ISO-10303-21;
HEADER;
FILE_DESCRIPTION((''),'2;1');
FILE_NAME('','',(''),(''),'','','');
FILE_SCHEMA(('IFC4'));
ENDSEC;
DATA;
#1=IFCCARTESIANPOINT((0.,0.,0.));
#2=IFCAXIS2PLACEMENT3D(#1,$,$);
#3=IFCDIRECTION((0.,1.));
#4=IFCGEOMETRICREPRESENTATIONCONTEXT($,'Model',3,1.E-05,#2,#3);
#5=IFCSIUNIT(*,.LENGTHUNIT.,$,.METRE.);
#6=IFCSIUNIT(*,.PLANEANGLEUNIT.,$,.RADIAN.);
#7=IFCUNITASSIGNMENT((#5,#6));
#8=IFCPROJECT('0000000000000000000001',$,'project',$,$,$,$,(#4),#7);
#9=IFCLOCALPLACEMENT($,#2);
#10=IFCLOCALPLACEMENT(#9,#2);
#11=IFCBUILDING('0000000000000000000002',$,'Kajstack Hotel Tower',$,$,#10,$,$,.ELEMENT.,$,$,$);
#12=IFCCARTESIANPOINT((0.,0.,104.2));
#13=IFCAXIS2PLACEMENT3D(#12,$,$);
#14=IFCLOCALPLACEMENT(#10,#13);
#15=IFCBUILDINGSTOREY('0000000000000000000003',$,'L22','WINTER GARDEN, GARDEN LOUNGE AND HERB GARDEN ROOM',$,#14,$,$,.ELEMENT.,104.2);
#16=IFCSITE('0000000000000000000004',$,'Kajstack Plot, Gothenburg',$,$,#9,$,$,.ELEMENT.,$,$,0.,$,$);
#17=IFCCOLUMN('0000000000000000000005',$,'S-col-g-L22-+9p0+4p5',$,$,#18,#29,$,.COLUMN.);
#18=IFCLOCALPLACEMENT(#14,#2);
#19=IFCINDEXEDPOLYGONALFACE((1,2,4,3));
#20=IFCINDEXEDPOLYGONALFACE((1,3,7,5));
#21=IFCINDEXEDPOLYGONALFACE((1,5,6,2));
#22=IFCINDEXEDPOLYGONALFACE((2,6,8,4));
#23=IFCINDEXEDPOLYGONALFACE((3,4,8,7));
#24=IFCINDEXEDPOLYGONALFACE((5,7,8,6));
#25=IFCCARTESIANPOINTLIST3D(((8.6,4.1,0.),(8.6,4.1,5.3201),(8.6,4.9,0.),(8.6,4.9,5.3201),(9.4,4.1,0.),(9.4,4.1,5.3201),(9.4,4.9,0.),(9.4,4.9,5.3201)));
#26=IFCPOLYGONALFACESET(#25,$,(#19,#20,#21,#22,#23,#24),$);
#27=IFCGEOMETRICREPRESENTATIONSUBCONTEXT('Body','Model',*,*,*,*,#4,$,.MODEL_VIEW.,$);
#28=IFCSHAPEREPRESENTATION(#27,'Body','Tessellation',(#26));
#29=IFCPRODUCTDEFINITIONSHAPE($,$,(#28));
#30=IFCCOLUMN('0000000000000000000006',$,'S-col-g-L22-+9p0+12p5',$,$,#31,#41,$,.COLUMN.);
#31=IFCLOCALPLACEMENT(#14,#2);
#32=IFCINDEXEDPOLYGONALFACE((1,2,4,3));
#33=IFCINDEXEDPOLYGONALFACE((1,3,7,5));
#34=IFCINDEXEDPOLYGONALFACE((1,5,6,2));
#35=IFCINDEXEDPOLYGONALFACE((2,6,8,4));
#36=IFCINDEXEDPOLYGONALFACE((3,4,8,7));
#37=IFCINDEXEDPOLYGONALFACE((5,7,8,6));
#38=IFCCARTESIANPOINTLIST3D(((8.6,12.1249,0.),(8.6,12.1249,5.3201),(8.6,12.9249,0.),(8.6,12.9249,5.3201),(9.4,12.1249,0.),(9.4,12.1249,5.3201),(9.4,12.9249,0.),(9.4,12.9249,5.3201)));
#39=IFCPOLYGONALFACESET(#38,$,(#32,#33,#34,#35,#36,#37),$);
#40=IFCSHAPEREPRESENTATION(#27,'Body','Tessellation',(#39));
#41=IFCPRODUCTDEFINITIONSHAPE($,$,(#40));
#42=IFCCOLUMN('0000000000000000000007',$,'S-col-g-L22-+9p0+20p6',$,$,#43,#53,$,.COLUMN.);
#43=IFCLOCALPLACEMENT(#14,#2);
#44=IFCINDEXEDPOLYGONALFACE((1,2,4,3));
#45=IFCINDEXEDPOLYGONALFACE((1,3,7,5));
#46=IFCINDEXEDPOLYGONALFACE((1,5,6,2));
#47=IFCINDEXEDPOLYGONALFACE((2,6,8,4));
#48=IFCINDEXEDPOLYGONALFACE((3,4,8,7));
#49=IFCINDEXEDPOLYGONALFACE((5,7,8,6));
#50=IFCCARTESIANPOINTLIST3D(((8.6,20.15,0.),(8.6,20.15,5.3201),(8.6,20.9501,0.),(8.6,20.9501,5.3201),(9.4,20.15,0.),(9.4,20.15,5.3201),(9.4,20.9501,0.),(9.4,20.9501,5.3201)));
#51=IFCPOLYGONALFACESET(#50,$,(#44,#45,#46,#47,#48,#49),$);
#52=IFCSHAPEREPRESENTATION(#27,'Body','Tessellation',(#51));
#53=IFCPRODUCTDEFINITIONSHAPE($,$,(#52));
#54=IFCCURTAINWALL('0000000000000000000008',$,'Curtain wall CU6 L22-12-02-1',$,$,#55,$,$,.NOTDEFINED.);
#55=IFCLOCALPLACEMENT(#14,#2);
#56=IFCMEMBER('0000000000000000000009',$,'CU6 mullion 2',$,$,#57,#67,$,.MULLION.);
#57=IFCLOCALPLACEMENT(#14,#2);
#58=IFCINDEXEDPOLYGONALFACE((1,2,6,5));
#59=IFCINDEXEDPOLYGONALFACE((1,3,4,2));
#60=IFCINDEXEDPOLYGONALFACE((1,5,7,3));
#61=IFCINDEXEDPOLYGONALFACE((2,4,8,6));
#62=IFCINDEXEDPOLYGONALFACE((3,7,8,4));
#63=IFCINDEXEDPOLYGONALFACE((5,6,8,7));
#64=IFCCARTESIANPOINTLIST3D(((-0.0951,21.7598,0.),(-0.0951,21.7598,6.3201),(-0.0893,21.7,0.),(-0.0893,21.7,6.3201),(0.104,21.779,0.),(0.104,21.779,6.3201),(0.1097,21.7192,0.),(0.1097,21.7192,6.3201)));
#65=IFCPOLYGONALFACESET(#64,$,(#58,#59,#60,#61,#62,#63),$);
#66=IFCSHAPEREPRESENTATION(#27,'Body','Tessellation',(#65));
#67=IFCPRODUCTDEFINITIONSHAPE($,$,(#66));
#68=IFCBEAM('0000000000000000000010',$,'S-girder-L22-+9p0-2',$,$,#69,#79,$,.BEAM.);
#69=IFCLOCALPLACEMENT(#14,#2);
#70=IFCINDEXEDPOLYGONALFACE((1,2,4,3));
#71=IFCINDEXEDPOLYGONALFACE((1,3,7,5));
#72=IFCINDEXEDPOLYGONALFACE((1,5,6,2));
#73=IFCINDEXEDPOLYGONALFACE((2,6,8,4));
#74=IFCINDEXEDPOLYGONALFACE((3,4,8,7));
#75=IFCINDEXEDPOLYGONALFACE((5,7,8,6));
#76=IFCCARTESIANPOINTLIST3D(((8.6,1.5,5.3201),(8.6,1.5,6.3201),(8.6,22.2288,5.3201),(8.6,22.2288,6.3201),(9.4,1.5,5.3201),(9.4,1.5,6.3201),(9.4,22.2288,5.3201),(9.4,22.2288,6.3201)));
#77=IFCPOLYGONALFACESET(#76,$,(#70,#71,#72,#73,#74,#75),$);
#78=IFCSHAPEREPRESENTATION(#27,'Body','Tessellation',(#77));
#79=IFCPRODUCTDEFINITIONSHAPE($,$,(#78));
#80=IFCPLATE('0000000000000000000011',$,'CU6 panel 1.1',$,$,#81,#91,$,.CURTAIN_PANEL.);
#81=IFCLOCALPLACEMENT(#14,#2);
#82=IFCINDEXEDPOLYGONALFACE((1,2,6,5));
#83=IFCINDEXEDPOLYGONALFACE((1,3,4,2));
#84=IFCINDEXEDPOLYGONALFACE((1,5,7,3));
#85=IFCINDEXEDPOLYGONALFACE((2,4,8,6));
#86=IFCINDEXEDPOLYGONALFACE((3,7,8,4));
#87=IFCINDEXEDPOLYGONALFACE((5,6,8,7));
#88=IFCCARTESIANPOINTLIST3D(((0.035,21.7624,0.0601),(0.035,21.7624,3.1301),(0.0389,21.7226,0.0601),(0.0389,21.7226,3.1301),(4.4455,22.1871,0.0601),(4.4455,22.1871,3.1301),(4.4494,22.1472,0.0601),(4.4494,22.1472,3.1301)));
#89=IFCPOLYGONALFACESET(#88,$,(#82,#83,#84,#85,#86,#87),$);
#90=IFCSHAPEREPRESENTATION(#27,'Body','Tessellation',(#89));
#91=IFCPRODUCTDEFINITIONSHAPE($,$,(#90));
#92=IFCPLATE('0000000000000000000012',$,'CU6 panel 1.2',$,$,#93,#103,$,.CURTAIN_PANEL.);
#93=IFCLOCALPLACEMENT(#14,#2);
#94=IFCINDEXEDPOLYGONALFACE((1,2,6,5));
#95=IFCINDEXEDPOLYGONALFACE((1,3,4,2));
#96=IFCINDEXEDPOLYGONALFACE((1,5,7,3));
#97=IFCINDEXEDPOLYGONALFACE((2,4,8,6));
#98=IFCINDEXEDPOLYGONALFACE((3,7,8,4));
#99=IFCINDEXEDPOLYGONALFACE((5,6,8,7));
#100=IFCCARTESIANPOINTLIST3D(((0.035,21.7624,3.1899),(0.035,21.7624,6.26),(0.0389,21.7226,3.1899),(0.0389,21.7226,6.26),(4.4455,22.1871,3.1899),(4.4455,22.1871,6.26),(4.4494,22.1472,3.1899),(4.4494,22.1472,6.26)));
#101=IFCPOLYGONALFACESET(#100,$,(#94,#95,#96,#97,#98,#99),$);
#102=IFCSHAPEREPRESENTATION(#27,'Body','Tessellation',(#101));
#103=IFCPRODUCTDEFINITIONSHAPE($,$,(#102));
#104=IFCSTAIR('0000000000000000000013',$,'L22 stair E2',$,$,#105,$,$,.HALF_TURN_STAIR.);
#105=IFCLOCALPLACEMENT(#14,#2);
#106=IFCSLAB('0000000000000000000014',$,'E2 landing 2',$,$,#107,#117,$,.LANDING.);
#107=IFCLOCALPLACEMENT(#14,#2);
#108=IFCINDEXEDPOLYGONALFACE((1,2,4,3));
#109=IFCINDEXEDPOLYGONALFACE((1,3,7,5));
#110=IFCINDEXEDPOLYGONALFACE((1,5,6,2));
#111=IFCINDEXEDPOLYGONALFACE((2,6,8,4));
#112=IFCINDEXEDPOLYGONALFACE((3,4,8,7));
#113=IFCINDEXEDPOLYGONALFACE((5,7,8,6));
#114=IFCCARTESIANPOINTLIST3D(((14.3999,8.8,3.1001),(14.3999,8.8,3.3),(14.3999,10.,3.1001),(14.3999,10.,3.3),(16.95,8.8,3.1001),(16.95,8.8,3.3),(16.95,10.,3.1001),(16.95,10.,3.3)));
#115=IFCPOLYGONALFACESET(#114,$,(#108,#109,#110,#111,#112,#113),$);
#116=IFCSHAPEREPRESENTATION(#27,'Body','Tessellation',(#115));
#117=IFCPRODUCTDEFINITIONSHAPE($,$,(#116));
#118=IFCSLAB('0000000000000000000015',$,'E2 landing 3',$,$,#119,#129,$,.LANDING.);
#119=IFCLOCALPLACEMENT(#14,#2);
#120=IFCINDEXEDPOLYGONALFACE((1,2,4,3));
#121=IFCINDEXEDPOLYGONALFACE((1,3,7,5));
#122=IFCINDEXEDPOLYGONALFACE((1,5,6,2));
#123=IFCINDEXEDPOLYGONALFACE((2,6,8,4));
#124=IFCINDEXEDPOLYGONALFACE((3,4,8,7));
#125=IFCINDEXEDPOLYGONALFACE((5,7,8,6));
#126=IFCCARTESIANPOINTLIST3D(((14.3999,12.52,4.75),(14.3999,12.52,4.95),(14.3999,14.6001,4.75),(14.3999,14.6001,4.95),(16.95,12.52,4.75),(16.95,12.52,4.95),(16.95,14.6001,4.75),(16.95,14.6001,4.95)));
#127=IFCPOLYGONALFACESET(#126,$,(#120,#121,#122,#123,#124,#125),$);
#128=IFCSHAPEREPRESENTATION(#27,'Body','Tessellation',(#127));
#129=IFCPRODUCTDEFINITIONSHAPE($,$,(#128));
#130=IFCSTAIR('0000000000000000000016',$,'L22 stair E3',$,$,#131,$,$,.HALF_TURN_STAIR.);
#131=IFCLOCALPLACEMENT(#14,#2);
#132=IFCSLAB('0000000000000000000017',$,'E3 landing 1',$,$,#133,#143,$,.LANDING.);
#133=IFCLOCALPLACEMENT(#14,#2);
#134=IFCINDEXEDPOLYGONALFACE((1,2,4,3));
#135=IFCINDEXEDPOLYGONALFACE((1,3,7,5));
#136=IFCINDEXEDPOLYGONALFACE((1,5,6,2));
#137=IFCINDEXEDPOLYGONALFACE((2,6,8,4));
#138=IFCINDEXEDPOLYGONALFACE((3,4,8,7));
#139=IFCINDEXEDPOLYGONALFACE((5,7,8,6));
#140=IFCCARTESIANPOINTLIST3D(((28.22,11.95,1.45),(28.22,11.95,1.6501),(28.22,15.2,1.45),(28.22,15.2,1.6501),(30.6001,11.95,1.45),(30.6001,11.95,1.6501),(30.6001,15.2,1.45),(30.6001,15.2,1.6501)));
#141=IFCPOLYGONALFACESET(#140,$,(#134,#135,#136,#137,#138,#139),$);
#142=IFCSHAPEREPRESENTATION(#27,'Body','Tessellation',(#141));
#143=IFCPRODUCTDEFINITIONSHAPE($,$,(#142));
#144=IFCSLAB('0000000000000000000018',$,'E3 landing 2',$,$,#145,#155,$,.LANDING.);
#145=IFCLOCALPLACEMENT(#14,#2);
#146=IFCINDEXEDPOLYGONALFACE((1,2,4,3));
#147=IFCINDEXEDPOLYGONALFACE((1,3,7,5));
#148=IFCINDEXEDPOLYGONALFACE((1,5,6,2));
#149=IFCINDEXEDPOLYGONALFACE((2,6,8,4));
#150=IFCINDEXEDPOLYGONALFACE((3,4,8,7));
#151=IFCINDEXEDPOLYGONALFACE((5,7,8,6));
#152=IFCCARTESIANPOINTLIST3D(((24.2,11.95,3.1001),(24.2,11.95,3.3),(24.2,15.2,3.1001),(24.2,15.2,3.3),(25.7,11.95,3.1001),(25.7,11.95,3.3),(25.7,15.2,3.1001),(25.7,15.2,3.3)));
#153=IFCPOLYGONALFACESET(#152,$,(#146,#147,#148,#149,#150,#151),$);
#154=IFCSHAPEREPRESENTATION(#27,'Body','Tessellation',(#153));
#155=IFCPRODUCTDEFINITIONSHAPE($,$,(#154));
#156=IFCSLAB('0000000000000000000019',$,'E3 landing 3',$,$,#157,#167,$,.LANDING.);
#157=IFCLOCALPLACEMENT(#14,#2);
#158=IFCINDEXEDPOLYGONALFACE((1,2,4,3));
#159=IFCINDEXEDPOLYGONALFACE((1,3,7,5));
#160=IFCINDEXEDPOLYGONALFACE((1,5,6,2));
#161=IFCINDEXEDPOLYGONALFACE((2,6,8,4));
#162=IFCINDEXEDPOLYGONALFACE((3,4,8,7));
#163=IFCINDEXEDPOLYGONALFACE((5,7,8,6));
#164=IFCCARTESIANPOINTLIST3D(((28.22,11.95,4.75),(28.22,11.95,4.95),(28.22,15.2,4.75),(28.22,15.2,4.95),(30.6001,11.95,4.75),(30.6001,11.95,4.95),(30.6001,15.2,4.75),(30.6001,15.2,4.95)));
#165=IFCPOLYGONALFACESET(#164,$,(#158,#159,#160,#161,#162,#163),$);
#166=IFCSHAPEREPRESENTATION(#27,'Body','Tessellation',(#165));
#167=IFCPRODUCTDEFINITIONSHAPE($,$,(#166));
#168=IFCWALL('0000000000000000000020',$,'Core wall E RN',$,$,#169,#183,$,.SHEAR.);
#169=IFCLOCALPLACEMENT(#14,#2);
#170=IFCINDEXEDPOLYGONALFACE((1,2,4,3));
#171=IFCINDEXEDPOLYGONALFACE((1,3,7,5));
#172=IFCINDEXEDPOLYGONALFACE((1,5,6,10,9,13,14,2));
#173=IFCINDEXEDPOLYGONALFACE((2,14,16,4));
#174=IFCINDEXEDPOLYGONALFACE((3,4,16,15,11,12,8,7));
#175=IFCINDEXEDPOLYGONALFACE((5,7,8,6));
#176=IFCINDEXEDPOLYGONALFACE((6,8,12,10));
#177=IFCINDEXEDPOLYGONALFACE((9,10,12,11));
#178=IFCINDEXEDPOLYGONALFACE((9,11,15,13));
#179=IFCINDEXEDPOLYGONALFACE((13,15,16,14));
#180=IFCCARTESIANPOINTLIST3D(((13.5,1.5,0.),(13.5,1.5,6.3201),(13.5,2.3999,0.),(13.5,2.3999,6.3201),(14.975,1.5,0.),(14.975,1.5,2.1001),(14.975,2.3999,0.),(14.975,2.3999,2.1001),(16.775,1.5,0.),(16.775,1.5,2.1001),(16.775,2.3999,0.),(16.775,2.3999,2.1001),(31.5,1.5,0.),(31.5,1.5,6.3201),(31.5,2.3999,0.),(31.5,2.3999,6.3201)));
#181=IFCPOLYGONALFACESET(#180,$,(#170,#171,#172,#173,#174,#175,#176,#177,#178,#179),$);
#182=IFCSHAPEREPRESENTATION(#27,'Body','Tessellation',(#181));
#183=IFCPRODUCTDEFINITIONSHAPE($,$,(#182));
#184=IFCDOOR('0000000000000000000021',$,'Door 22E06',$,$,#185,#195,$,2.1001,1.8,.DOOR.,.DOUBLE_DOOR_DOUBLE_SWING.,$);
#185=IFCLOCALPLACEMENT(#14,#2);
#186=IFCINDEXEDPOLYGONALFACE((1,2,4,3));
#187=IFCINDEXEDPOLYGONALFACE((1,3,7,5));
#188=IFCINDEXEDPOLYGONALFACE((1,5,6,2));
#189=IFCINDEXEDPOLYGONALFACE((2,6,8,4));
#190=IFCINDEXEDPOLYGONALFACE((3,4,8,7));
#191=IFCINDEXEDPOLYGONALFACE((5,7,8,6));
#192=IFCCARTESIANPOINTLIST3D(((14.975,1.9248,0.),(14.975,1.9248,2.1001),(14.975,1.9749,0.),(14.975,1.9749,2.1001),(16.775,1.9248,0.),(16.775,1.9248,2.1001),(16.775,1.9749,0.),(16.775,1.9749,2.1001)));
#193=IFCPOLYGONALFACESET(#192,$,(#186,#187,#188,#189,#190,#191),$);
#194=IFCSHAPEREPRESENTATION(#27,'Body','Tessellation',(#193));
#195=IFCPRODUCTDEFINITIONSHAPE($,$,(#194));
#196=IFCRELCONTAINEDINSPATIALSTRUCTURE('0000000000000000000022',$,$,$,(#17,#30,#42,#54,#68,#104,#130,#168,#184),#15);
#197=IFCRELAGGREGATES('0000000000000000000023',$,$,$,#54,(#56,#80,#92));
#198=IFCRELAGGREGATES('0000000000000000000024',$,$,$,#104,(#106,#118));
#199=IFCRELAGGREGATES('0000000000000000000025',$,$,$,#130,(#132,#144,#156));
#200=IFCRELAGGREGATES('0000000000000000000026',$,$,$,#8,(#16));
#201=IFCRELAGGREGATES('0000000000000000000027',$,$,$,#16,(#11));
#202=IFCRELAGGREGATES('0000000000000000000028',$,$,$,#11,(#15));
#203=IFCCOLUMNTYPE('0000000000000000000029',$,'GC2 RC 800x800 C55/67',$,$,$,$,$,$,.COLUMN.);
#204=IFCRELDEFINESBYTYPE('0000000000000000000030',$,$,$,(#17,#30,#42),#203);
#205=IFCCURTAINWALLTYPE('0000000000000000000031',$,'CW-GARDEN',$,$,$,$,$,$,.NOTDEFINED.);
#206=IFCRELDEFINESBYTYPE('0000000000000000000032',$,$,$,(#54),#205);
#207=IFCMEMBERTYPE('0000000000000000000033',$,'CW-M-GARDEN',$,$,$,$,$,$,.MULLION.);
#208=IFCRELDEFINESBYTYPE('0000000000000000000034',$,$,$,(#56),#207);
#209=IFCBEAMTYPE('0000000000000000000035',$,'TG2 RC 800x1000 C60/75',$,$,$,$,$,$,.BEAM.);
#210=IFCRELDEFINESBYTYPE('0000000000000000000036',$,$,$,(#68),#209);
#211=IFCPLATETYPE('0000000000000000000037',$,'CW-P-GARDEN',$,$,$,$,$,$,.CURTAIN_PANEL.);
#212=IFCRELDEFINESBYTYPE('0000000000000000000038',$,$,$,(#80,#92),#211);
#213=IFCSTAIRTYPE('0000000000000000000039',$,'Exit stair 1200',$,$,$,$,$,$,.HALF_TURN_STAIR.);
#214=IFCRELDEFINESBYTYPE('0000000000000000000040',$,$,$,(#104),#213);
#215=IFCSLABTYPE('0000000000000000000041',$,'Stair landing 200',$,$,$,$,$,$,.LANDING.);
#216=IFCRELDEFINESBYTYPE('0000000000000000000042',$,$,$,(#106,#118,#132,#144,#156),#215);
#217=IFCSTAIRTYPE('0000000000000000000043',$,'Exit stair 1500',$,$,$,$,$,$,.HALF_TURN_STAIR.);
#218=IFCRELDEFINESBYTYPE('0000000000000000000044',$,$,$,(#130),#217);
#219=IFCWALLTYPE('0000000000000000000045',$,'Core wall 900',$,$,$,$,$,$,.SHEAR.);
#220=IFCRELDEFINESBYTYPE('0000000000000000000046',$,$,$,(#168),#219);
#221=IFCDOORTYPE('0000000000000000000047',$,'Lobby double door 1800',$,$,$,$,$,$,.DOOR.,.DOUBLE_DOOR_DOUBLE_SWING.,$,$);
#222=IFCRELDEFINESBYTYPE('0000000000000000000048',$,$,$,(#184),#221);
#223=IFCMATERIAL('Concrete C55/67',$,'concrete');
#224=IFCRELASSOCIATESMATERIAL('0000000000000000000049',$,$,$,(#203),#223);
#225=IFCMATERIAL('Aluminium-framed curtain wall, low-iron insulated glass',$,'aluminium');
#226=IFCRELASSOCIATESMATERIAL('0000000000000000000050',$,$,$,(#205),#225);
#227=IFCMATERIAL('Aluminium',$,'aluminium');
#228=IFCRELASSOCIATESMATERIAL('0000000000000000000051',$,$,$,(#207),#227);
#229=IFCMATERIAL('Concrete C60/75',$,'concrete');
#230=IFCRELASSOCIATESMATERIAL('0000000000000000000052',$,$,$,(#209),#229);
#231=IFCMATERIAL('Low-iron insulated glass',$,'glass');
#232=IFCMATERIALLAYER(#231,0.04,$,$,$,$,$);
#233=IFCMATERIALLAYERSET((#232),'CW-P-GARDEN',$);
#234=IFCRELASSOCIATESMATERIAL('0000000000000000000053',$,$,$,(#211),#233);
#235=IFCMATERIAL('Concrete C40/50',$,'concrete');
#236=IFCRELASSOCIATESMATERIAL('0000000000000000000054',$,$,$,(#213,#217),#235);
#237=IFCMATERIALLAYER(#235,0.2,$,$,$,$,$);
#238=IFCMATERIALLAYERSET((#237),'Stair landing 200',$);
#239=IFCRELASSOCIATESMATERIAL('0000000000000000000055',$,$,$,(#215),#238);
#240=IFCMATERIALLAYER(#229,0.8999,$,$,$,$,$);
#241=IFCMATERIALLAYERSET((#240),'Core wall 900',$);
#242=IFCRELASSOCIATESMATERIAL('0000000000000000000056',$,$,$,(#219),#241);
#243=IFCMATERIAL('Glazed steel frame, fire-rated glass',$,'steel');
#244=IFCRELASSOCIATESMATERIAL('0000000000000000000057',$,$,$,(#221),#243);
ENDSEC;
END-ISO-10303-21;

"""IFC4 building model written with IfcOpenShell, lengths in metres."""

from ifc_helpers import new_model, si_unit, direction, frame, frame_2d, origin, origin_2d, place, context, subcontext, project, spatial, polyline, rectangle, outline, extrude, material, layer, layer_set, material_profile, profile_set, type_object, element, fill, aggregate, save


model = new_model("IFC4")

# Units and contexts
model_context = context("Model", 3, precision=1e-05, world=origin(), true_north=direction((0.0, 1.0)))
body_context = subcontext(model_context, "Body", "Model", "MODEL_VIEW")
ifc_project = project(units=[si_unit("LENGTHUNIT", "METRE"), si_unit("PLANEANGLEUNIT", "RADIAN")], contexts=[model_context])

# Site, building, storey
site_placement = place(None, origin())
site = spatial("IfcSite", under=ifc_project, at=site_placement, Name="Kajstack Plot, Gothenburg", CompositionType="ELEMENT", RefElevation=0.0)
building_placement = place(site_placement, origin())
building = spatial("IfcBuilding", under=site, at=building_placement, Name="Kajstack Hotel Tower", CompositionType="ELEMENT")
storey_placement = place(building_placement, frame((0.0, 0.0, 104.2)))
storey = spatial("IfcBuildingStorey", under=building, at=storey_placement, Name="L22", Description="WINTER GARDEN, GARDEN LOUNGE AND HERB GARDEN ROOM", CompositionType="ELEMENT", Elevation=104.2)

# Columns
ifc_material_1 = material(Name="Concrete C55/67", Category="concrete")
ifc_material_profile_1 = material_profile(ifc_material_1, rectangle(XDim=0.8, YDim=0.8, at=origin_2d()), Name="RC 800x800")
ifc_profile_set_1 = profile_set([ifc_material_profile_1], Name="Concrete C55/67")
column_type = type_object("IfcColumnType", Name="GC2 RC 800x800 C55/67", PredefinedType="COLUMN", material=ifc_profile_set_1)
for number, where, z_axis, x_axis, name in (
    (1, (9.0, 4.5, 0.0), (0.0, 0.0, 1.0), (1.0, 0.0, 0.0), "S-col-g-L22-+9p0+4p5"),
    (2, (9.0, 12.5249, 0.0), (0.0, 0.0, 1.0), (1.0, 0.0, 0.0), "S-col-g-L22-+9p0+12p5"),
    (3, (9.0, 20.55, 0.0), (0.0, 0.0, 1.0), (1.0, 0.0, 0.0), "S-col-g-L22-+9p0+20p6"),
):
    element("IfcColumn", number, at=place(storey_placement, frame(where, z_axis=z_axis, x_axis=x_axis)), inside=storey, type_object=column_type, Name=name, PredefinedType="COLUMN", context=body_context, shape_type="SweptSolid", body=[
        extrude(rectangle(XDim=0.8, YDim=0.8, at=origin_2d()), origin(), (0.0, 0.0, 1.0), 5.3201),
    ])

# Curtain wall, member
ifc_material_2 = material(Name="Aluminium-framed curtain wall, low-iron insulated glass", Category="aluminium")
curtain_wall_type = type_object("IfcCurtainWallType", Name="CW-GARDEN", PredefinedType="NOTDEFINED", material=ifc_material_2)
curtain_wall_placement = place(storey_placement, origin())
curtain_wall = element("IfcCurtainWall", 4, at=curtain_wall_placement, inside=storey, type_object=curtain_wall_type, Name="Curtain wall CU6 L22-12-02-1", PredefinedType="NOTDEFINED")
ifc_material_3 = material(Name="Aluminium", Category="aluminium")
ifc_material_profile_2 = material_profile(ifc_material_3, rectangle(XDim=0.0601, YDim=0.2, at=origin_2d()), Name="Aluminium mullion 60 x 200")
ifc_profile_set_2 = profile_set([ifc_material_profile_2], Name="Aluminium")
member_type = type_object("IfcMemberType", Name="CW-M-GARDEN", PredefinedType="MULLION", material=ifc_profile_set_2)
member_placement = place(storey_placement, frame((0.0073, 21.7395, 0.0), z_axis=(0.0, 0.0, 1.0), x_axis=(0.095846, -0.995396, 0.0)))
member = element("IfcMember", 5, at=member_placement, type_object=member_type, Name="CU6 mullion 2", PredefinedType="MULLION", context=body_context, shape_type="SweptSolid", body=[
    extrude(rectangle(XDim=0.0601, YDim=0.2, at=origin_2d()), origin(), (0.0, 0.0, 1.0), 6.3201),
])

# Beam
ifc_material_4 = material(Name="Concrete C60/75", Category="concrete")
ifc_material_profile_3 = material_profile(ifc_material_4, rectangle(XDim=0.8, YDim=1.0, at=origin_2d()), Name="RC 800x1000")
ifc_profile_set_3 = profile_set([ifc_material_profile_3], Name="Concrete C60/75")
beam_type = type_object("IfcBeamType", Name="TG2 RC 800x1000 C60/75", PredefinedType="BEAM", material=ifc_profile_set_3)
beam_placement = place(storey_placement, frame((9.0, 1.5, 5.8201), z_axis=(0.0, 1.0, 0.0), x_axis=(-1.0, 0.0, 0.0)))
element("IfcBeam", 6, at=beam_placement, inside=storey, type_object=beam_type, Name="S-girder-L22-+9p0-2", PredefinedType="BEAM", context=body_context, shape_type="SweptSolid", body=[
    extrude(rectangle(XDim=0.8, YDim=1.0, at=origin_2d()), origin(), (0.0, 0.0, 1.0), 20.7288),
])

# Plates
ifc_material_5 = material(Name="Low-iron insulated glass", Category="glass")
ifc_layer_1 = layer(ifc_material_5, 0.04)
ifc_layer_set_1 = layer_set([ifc_layer_1], Name="CW-P-GARDEN")
plate_type = type_object("IfcPlateType", Name="CW-P-GARDEN", PredefinedType="CURTAIN_PANEL", material=ifc_layer_set_1)
plate_1_placement = place(storey_placement, frame((2.2422, 21.9548, 0.0601), z_axis=(0.0, 0.0, 1.0), x_axis=(-0.995396, -0.095846, 0.0)))
plate_1 = element("IfcPlate", 7, at=plate_1_placement, type_object=plate_type, Name="CU6 panel 1.1", PredefinedType="CURTAIN_PANEL", context=body_context, shape_type="SweptSolid", body=[
    extrude(rectangle(XDim=4.4309, YDim=0.04, at=origin_2d()), origin(), (0.0, 0.0, 1.0), 3.0701),
])
plate_2_placement = place(storey_placement, frame((2.2422, 21.9548, 3.1899), z_axis=(0.0, 0.0, 1.0), x_axis=(-0.995396, -0.095846, 0.0)))
plate_2 = element("IfcPlate", 8, at=plate_2_placement, type_object=plate_type, Name="CU6 panel 1.2", PredefinedType="CURTAIN_PANEL", context=body_context, shape_type="SweptSolid", body=[
    extrude(rectangle(XDim=4.4309, YDim=0.04, at=origin_2d()), origin(), (0.0, 0.0, 1.0), 3.0701),
])
aggregate(curtain_wall, [member, plate_1, plate_2])

# Stairs, slabs
ifc_material_6 = material(Name="Concrete C40/50", Category="concrete")
stair_type_1 = type_object("IfcStairType", Name="Exit stair 1200", PredefinedType="HALF_TURN_STAIR", material=ifc_material_6)
stair_1_placement = place(storey_placement, origin())
stair_1 = element("IfcStair", 9, at=stair_1_placement, inside=storey, type_object=stair_type_1, Name="L22 stair E2", PredefinedType="HALF_TURN_STAIR")
ifc_layer_2 = layer(ifc_material_6, 0.2)
ifc_layer_set_2 = layer_set([ifc_layer_2], Name="Stair landing 200")
slab_type = type_object("IfcSlabType", Name="Stair landing 200", PredefinedType="LANDING", material=ifc_layer_set_2)
slab_1_placement = place(storey_placement, frame((0.0, 0.0, 3.1001)))
slab_1 = element("IfcSlab", 10, at=slab_1_placement, type_object=slab_type, Name="E2 landing 2", PredefinedType="LANDING", context=body_context, shape_type="SweptSolid", body=[
    extrude(outline(polyline([(16.95, 8.8), (16.95, 10.0), (14.3999, 10.0), (14.3999, 8.8), (16.95, 8.8)])), origin(), (0.0, 0.0, 1.0), 0.2),
])
slab_2_placement = place(storey_placement, frame((0.0, 0.0, 4.75)))
slab_2 = element("IfcSlab", 11, at=slab_2_placement, type_object=slab_type, Name="E2 landing 3", PredefinedType="LANDING", context=body_context, shape_type="SweptSolid", body=[
    extrude(outline(polyline([(16.95, 12.52), (16.95, 14.6001), (14.3999, 14.6001), (14.3999, 12.52), (16.95, 12.52)])), origin(), (0.0, 0.0, 1.0), 0.2),
])
aggregate(stair_1, [slab_1, slab_2])
stair_type_2 = type_object("IfcStairType", Name="Exit stair 1500", PredefinedType="HALF_TURN_STAIR", material=ifc_material_6)
stair_2_placement = place(storey_placement, origin())
stair_2 = element("IfcStair", 12, at=stair_2_placement, inside=storey, type_object=stair_type_2, Name="L22 stair E3", PredefinedType="HALF_TURN_STAIR")
slab_3_placement = place(storey_placement, frame((0.0, 0.0, 1.45)))
slab_3 = element("IfcSlab", 13, at=slab_3_placement, type_object=slab_type, Name="E3 landing 1", PredefinedType="LANDING", context=body_context, shape_type="SweptSolid", body=[
    extrude(outline(polyline([(28.22, 11.95), (30.6001, 11.95), (30.6001, 15.2), (28.22, 15.2), (28.22, 11.95)])), origin(), (0.0, 0.0, 1.0), 0.2002),
])
slab_4_placement = place(storey_placement, frame((0.0, 0.0, 3.1001)))
slab_4 = element("IfcSlab", 14, at=slab_4_placement, type_object=slab_type, Name="E3 landing 2", PredefinedType="LANDING", context=body_context, shape_type="SweptSolid", body=[
    extrude(outline(polyline([(24.2, 11.95), (25.7, 11.95), (25.7, 15.2), (24.2, 15.2), (24.2, 11.95)])), origin(), (0.0, 0.0, 1.0), 0.2),
])
slab_5_placement = place(storey_placement, frame((0.0, 0.0, 4.75)))
slab_5 = element("IfcSlab", 15, at=slab_5_placement, type_object=slab_type, Name="E3 landing 3", PredefinedType="LANDING", context=body_context, shape_type="SweptSolid", body=[
    extrude(outline(polyline([(28.22, 11.95), (30.6001, 11.95), (30.6001, 15.2), (28.22, 15.2), (28.22, 11.95)])), origin(), (0.0, 0.0, 1.0), 0.2),
])
aggregate(stair_2, [slab_3, slab_4, slab_5])

# Wall, opening, door
ifc_layer_3 = layer(ifc_material_4, 0.8999)
ifc_layer_set_3 = layer_set([ifc_layer_3], Name="Core wall 900")
wall_type_1 = type_object("IfcWallType", Name="Core wall 900", PredefinedType="SHEAR", material=ifc_layer_set_3)
wall_1_placement = place(storey_placement, frame((13.5, 1.95, 0.0), z_axis=(0.0, 0.0, 1.0), x_axis=(1.0, 0.0, 0.0)))
wall_1 = element("IfcWall", 16, at=wall_1_placement, inside=storey, type_object=wall_type_1, Name="Core wall E RN", PredefinedType="SHEAR", context=body_context, shape_type="SweptSolid", body=[
    extrude(rectangle(XDim=18.0, YDim=0.8999, at=frame_2d((9.0, 0.0))), origin(), (0.0, 0.0, 1.0), 6.3201),
])
opening_1_placement = place(wall_1_placement, frame((1.4751, 0.0, 0.0)))
opening_1 = element("IfcOpeningElement", 17, at=opening_1_placement, cuts=wall_1, PredefinedType="OPENING", context=body_context, shape_type="SweptSolid", body=[
    extrude(rectangle(XDim=1.8, YDim=2.1001, at=frame_2d((0.8999, 1.05))), frame((0.0, 0.46, 0.0), z_axis=(0.0, -1.0, 0.0), x_axis=(1.0, 0.0, 0.0)), (0.0, 0.0, 1.0), 0.9199),
])
ifc_material_7 = material(Name="Glazed steel frame, fire-rated glass", Category="steel")
door_type_1 = type_object("IfcDoorType", Name="Lobby double door 1800", OperationType="DOUBLE_DOOR_DOUBLE_SWING", PredefinedType="DOOR", material=ifc_material_7)
door_1_placement = place(opening_1_placement, origin())
door_1 = element("IfcDoor", 18, at=door_1_placement, inside=storey, type_object=door_type_1, Name="Door 22E06", OperationType="DOUBLE_DOOR_DOUBLE_SWING", OverallHeight=2.1001, OverallWidth=1.8, PredefinedType="DOOR", context=body_context, shape_type="SweptSolid", body=[
    extrude(rectangle(XDim=1.8, YDim=2.1001, at=frame_2d((0.8999, 1.05))), frame((0.0, 0.0249, 0.0), z_axis=(0.0, -1.0, 0.0), x_axis=(1.0, 0.0, 0.0)), (0.0, 0.0, 1.0), 0.05),
])
fill(opening_1, door_1)

save(model, "model.ifc")
